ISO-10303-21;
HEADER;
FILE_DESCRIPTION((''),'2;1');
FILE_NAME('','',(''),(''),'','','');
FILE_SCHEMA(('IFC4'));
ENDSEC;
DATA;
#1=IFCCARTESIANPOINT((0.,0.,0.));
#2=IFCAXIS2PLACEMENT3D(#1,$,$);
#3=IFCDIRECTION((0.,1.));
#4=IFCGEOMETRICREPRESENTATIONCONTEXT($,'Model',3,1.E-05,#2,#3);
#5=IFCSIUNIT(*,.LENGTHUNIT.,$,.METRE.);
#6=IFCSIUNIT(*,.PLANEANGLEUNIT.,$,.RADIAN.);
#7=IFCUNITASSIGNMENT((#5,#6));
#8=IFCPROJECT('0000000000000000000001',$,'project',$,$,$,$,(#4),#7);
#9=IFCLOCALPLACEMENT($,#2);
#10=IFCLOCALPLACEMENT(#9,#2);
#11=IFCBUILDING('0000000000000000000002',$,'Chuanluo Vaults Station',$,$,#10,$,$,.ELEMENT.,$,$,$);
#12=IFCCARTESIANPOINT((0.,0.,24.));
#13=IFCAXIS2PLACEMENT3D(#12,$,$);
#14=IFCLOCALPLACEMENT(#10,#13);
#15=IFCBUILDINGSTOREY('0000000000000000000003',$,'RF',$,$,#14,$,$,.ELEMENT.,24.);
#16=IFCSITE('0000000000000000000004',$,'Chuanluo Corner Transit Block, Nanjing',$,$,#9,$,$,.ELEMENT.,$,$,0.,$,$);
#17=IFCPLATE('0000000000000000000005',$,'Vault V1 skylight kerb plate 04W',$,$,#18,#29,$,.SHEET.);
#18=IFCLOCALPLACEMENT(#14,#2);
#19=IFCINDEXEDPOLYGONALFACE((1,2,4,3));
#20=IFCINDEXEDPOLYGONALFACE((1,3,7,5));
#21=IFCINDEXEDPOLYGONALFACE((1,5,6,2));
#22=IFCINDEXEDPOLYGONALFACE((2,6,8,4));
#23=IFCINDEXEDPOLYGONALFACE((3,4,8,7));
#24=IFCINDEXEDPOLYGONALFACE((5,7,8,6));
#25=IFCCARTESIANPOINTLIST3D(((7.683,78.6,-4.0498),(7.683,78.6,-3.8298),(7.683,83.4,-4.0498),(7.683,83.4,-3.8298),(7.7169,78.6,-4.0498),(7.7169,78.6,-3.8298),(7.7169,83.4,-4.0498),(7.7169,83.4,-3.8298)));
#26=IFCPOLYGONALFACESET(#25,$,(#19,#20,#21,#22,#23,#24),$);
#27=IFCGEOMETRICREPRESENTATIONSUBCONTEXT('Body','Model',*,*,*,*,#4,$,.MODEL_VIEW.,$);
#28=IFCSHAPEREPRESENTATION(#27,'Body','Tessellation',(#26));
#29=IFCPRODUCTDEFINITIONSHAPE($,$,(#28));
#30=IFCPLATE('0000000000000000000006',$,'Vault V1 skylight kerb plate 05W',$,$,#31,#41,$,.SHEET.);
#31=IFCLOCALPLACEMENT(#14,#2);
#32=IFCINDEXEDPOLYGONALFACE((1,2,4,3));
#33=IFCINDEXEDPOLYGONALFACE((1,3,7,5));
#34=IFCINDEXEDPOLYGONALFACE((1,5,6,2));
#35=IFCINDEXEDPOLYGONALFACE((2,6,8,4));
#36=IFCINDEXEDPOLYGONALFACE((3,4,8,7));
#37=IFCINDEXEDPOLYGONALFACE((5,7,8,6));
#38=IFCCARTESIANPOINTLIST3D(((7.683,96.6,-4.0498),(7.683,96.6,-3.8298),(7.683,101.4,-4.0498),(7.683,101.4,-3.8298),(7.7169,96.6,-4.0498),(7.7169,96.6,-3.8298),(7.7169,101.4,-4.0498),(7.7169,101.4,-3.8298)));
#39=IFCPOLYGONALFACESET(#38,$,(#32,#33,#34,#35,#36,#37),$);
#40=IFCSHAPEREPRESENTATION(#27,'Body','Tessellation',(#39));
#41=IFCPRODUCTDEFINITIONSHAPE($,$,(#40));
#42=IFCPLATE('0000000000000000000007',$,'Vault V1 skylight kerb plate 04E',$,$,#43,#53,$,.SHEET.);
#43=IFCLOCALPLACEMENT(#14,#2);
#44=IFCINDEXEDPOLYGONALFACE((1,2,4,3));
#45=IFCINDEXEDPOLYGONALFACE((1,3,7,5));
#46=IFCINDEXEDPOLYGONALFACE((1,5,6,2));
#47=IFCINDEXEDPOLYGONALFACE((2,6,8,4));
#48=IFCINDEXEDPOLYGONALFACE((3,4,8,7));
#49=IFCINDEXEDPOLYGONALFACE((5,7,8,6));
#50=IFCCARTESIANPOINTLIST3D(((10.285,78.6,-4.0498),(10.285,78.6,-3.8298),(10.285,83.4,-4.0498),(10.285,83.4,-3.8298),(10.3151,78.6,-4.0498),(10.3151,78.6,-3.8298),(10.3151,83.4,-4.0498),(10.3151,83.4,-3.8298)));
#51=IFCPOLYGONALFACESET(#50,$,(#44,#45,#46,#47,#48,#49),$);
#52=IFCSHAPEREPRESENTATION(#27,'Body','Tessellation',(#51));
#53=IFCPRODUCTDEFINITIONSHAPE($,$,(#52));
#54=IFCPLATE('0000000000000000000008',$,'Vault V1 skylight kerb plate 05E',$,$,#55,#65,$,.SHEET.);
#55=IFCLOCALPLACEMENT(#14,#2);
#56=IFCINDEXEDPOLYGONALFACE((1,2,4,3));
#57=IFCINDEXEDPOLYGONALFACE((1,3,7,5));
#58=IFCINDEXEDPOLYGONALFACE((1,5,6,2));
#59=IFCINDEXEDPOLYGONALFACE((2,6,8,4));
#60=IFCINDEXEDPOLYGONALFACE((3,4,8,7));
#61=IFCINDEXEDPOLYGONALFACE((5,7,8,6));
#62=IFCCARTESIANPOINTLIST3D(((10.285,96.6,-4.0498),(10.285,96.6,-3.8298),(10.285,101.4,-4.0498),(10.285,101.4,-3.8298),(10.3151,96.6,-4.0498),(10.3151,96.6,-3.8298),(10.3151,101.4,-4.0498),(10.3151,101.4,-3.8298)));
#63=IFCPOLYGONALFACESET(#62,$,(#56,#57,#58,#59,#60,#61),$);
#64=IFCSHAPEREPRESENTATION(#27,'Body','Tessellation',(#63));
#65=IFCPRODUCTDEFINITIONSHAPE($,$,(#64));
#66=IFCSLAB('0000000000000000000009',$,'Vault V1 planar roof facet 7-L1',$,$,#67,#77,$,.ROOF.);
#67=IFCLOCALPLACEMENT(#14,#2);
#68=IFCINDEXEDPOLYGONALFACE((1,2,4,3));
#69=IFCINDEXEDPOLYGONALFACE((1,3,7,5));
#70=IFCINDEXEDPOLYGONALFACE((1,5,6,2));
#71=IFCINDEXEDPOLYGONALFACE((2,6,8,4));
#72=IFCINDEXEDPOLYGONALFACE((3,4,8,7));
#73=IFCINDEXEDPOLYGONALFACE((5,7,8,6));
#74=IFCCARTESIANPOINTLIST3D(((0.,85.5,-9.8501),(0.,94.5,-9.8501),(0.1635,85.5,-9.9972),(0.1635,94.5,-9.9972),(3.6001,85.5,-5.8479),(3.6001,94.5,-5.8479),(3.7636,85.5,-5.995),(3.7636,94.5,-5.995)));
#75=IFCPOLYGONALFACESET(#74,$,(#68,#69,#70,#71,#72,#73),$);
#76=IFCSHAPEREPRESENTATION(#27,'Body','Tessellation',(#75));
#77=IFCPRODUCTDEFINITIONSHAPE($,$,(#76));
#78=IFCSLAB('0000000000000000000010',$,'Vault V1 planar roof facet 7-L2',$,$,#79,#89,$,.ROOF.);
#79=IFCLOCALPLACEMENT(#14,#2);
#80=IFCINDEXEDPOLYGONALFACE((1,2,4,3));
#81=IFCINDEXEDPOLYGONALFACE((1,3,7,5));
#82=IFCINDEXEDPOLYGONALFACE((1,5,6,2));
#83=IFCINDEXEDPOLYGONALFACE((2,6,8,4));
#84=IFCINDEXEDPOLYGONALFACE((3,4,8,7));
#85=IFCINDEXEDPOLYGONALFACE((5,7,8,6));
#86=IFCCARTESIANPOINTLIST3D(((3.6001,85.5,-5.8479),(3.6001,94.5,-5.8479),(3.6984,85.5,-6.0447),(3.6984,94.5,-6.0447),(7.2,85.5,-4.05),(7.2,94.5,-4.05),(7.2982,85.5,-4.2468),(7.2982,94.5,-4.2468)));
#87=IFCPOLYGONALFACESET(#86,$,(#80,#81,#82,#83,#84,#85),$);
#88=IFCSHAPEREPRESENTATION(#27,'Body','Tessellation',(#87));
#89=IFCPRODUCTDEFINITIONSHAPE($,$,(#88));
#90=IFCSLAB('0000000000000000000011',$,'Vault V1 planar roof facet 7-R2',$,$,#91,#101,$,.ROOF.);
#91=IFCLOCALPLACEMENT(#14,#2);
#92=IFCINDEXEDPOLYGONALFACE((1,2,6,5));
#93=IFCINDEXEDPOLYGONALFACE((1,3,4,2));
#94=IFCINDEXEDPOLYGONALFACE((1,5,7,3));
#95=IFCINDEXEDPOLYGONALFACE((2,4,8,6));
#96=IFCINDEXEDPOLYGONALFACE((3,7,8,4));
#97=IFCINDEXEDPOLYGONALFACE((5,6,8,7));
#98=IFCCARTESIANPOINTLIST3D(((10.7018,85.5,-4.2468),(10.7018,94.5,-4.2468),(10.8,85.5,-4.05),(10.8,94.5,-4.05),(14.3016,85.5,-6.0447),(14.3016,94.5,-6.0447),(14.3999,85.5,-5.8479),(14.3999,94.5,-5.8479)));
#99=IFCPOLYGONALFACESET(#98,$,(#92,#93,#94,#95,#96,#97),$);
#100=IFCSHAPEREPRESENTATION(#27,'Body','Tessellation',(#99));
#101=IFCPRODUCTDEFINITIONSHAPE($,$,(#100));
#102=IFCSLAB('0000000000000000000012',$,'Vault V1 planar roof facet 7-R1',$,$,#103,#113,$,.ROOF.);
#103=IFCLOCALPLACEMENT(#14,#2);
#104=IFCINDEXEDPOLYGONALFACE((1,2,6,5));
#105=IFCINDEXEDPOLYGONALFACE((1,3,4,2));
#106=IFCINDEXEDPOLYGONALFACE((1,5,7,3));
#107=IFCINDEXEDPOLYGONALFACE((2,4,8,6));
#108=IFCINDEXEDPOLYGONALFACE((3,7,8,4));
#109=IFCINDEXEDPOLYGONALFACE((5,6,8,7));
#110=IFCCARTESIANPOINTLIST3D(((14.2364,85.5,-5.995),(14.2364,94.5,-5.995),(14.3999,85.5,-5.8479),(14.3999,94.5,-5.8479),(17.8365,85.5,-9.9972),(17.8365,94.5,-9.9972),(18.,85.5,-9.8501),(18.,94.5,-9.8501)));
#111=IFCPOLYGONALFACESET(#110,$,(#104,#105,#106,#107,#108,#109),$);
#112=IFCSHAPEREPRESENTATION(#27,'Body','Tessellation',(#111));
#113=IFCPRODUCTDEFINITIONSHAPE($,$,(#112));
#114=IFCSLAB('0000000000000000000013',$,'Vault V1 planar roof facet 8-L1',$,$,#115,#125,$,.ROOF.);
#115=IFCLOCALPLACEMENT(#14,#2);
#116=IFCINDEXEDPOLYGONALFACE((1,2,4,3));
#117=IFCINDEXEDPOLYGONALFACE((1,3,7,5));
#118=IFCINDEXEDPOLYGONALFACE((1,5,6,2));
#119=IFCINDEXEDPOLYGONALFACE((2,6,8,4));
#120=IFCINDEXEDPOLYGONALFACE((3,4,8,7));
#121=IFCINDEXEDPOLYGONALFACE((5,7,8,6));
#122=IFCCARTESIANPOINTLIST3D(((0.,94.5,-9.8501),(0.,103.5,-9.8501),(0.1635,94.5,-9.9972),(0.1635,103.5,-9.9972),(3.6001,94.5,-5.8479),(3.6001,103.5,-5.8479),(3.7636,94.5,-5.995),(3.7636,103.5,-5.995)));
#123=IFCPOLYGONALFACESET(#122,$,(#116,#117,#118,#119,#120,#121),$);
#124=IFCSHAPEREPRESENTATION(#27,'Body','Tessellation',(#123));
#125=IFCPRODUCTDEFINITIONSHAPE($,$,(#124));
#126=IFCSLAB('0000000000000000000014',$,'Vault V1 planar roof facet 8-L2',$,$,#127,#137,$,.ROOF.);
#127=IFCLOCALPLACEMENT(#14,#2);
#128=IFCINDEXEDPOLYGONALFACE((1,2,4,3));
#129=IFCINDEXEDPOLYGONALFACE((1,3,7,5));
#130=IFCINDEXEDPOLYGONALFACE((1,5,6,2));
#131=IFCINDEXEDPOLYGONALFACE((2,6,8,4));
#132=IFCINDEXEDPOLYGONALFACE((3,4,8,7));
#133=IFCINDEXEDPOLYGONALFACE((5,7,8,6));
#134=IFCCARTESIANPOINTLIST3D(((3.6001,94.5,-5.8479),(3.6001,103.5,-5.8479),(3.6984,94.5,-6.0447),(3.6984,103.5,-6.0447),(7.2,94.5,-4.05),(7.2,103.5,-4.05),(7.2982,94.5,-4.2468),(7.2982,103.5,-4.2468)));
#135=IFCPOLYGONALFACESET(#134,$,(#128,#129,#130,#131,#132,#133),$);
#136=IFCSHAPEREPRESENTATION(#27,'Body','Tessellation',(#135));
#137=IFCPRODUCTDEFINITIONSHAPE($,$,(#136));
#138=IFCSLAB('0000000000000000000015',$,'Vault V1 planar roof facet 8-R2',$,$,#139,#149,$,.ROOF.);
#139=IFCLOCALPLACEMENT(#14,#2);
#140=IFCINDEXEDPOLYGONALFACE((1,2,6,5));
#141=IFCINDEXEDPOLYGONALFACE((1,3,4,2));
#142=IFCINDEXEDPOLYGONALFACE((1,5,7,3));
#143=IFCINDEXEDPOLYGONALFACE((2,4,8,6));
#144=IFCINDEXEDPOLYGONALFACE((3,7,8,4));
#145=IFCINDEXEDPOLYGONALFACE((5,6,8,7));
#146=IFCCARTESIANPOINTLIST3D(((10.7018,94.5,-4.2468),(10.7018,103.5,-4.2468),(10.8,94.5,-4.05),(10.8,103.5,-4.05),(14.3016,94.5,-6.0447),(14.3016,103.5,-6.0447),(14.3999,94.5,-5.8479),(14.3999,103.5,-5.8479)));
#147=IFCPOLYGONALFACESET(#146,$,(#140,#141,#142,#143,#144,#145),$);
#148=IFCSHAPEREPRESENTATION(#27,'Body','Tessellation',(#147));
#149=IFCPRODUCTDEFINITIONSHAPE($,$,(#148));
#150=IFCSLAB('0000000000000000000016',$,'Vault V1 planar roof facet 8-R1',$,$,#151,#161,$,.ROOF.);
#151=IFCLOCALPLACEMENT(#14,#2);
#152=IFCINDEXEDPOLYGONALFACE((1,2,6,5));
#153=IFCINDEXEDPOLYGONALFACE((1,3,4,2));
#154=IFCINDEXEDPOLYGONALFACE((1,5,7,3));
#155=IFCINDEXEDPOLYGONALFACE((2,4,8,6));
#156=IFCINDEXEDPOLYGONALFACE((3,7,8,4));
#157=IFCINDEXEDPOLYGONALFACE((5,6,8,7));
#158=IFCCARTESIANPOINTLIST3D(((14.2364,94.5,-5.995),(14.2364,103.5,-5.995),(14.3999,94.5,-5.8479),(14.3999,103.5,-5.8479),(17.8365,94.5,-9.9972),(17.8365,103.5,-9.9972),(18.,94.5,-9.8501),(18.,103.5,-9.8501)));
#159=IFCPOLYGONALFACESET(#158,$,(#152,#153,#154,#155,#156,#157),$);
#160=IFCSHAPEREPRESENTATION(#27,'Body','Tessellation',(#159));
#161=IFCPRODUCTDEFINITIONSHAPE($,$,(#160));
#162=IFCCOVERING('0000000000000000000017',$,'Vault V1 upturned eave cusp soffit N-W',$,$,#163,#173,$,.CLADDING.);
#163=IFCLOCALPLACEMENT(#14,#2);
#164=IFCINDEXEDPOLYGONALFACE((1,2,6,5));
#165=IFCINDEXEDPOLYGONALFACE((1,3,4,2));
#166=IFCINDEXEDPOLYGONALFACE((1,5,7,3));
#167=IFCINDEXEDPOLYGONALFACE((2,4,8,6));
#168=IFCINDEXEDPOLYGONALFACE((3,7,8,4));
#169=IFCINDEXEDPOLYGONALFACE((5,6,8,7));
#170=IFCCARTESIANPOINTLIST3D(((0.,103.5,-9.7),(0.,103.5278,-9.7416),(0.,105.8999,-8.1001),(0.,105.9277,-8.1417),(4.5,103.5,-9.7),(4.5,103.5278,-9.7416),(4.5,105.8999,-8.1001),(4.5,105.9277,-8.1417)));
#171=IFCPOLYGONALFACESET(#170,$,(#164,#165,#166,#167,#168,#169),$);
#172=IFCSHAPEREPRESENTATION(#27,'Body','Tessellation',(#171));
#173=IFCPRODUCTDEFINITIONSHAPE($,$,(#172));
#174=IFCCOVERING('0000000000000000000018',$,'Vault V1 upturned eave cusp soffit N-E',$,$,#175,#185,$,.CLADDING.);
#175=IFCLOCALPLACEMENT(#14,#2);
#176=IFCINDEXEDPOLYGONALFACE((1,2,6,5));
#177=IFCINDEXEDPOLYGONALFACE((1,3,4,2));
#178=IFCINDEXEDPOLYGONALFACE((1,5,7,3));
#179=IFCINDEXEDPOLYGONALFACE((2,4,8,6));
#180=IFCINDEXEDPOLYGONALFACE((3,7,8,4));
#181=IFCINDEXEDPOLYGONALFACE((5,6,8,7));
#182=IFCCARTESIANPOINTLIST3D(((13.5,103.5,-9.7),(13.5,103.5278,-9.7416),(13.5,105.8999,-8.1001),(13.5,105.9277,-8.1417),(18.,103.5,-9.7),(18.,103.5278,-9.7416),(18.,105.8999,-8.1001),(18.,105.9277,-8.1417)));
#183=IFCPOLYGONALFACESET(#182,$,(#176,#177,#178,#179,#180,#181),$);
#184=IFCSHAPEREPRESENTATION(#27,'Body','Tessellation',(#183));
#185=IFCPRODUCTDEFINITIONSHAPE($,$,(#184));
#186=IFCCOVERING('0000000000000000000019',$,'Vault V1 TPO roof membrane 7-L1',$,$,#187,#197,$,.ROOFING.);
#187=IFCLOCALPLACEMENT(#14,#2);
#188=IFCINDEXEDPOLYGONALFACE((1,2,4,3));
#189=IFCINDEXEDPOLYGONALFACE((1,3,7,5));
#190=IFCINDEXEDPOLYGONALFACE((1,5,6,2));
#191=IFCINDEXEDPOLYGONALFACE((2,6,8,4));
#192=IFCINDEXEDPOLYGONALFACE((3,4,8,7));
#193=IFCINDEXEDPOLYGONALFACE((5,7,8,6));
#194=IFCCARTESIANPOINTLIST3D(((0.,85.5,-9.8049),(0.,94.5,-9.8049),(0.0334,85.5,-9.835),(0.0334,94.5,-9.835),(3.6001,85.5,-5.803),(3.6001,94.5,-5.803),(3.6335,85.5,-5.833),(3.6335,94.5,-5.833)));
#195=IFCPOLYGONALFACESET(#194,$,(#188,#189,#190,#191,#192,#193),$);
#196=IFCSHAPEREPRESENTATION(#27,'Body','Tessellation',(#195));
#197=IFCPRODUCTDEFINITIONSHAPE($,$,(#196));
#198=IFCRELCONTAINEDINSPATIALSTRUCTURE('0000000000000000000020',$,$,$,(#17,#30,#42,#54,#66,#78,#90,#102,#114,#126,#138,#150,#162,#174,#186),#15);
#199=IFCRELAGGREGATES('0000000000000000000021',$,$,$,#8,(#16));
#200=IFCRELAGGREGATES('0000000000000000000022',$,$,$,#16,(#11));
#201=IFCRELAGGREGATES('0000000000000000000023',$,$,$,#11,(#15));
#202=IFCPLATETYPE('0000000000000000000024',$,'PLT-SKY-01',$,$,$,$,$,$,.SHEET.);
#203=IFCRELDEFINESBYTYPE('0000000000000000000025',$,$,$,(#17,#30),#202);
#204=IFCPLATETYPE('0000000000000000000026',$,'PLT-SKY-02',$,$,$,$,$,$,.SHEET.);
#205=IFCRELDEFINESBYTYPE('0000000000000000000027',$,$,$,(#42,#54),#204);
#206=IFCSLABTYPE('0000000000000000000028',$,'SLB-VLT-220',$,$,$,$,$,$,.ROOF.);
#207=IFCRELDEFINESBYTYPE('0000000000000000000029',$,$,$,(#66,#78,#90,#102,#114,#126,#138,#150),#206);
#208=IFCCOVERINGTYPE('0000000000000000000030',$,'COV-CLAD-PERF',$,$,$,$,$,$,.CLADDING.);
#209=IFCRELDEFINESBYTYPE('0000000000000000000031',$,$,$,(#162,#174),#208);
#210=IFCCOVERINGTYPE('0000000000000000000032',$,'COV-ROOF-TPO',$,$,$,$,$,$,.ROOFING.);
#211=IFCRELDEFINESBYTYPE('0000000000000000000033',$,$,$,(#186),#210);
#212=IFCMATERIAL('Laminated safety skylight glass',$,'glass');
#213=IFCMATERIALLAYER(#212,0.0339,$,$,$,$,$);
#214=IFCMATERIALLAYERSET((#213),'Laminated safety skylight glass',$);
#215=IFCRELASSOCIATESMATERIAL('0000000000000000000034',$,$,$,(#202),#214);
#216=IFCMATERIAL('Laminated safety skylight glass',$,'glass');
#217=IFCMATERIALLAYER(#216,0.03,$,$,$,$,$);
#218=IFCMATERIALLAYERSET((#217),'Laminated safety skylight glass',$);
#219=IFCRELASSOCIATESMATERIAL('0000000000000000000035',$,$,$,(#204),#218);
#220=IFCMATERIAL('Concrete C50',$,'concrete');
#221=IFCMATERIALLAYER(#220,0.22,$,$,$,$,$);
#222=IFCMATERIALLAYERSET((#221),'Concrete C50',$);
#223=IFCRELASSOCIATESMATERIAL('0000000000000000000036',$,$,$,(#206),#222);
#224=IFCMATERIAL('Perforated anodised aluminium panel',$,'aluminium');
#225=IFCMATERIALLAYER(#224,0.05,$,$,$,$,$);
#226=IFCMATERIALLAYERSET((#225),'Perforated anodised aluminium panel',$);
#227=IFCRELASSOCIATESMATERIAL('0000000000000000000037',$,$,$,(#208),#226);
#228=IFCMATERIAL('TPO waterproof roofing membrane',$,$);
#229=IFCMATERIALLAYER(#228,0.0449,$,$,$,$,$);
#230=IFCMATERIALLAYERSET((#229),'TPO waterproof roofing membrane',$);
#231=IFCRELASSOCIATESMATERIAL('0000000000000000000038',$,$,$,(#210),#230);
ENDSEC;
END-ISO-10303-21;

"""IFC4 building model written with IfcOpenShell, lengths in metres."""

from ifc_helpers import new_model, si_unit, direction, frame, origin, origin_2d, place, context, subcontext, project, spatial, polyline, rectangle, outline, extrude, material, layer, layer_set, type_object, element, save


model = new_model("IFC4")

# Units and contexts
model_context = context("Model", 3, precision=1e-05, world=origin(), true_north=direction((0.0, 1.0)))
body_context = subcontext(model_context, "Body", "Model", "MODEL_VIEW")
ifc_project = project(units=[si_unit("LENGTHUNIT", "METRE"), si_unit("PLANEANGLEUNIT", "RADIAN")], contexts=[model_context])

# Site, building, storey
site_placement = place(None, origin())
site = spatial("IfcSite", under=ifc_project, at=site_placement, Name="Chuanluo Corner Transit Block, Nanjing", CompositionType="ELEMENT", RefElevation=0.0)
building_placement = place(site_placement, origin())
building = spatial("IfcBuilding", under=site, at=building_placement, Name="Chuanluo Vaults Station", CompositionType="ELEMENT")
storey_placement = place(building_placement, frame((0.0, 0.0, 24.0)))
storey = spatial("IfcBuildingStorey", under=building, at=storey_placement, Name="RF", CompositionType="ELEMENT", Elevation=24.0)

# Plates
ifc_material_1 = material(Name="Laminated safety skylight glass", Category="glass")
ifc_layer_1 = layer(ifc_material_1, 0.0339)
ifc_layer_set_1 = layer_set([ifc_layer_1], Name="Laminated safety skylight glass")
plate_type_1 = type_object("IfcPlateType", Name="PLT-SKY-01", PredefinedType="SHEET", material=ifc_layer_set_1)
for number, where, z_axis, x_axis, name in (
    (1, (7.7, 81.0, -4.0498), (0.0, 0.0, 1.0), (1.0, 0.0, 0.0), "Vault V1 skylight kerb plate 04W"),
    (2, (7.7, 99.0, -4.0498), (0.0, 0.0, 1.0), (1.0, 0.0, 0.0), "Vault V1 skylight kerb plate 05W"),
):
    element("IfcPlate", number, at=place(storey_placement, frame(where, z_axis=z_axis, x_axis=x_axis)), inside=storey, type_object=plate_type_1, Name=name, PredefinedType="SHEET", context=body_context, shape_type="SweptSolid", body=[
        extrude(rectangle(XDim=0.0339, YDim=4.8, at=origin_2d()), origin(), (0.0, 0.0, 1.0), 0.22),
    ])
ifc_material_2 = material(Name="Laminated safety skylight glass", Category="glass")
ifc_layer_2 = layer(ifc_material_2, 0.03)
ifc_layer_set_2 = layer_set([ifc_layer_2], Name="Laminated safety skylight glass")
plate_type_2 = type_object("IfcPlateType", Name="PLT-SKY-02", PredefinedType="SHEET", material=ifc_layer_set_2)
for number, where, z_axis, x_axis, name in (
    (3, (10.3, 81.0, -4.0498), (0.0, 0.0, 1.0), (1.0, 0.0, 0.0), "Vault V1 skylight kerb plate 04E"),
    (4, (10.3, 99.0, -4.0498), (0.0, 0.0, 1.0), (1.0, 0.0, 0.0), "Vault V1 skylight kerb plate 05E"),
):
    element("IfcPlate", number, at=place(storey_placement, frame(where, z_axis=z_axis, x_axis=x_axis)), inside=storey, type_object=plate_type_2, Name=name, PredefinedType="SHEET", context=body_context, shape_type="SweptSolid", body=[
        extrude(rectangle(XDim=0.03, YDim=4.8, at=origin_2d()), origin(), (0.0, 0.0, 1.0), 0.22),
    ])

# Slabs
ifc_material_3 = material(Name="Concrete C50", Category="concrete")
ifc_layer_3 = layer(ifc_material_3, 0.22)
ifc_layer_set_3 = layer_set([ifc_layer_3], Name="Concrete C50")
slab_type = type_object("IfcSlabType", Name="SLB-VLT-220", PredefinedType="ROOF", material=ifc_layer_set_3)
slab_1_placement = place(storey_placement, frame((0.0, 85.5, -9.8501), z_axis=(-0.743468, 0.0, 0.668772), x_axis=(0.668772, 0.0, 0.743468)))
element("IfcSlab", 5, at=slab_1_placement, inside=storey, type_object=slab_type, Name="Vault V1 planar roof facet 7-L1", PredefinedType="ROOF", context=body_context, shape_type="SweptSolid", body=[
    extrude(outline(polyline([(0.0, 0.0), (5.3831, 0.0), (5.3831, 9.0), (0.0, 9.0), (0.0, 0.0)])), origin(), (0.0, 0.0, -1.0), 0.22),
])
for number, where, z_axis, x_axis, name in (
    (6, (3.6001, 85.5, -5.8479), (-0.446801, 0.0, 0.894633), (0.894633, 0.0, 0.446801), "Vault V1 planar roof facet 7-L2"),
    (7, (10.8, 85.5, -4.05), (0.446801, 0.0, 0.894633), (0.894633, 0.0, -0.446801), "Vault V1 planar roof facet 7-R2"),
):
    element("IfcSlab", number, at=place(storey_placement, frame(where, z_axis=z_axis, x_axis=x_axis)), inside=storey, type_object=slab_type, Name=name, PredefinedType="ROOF", context=body_context, shape_type="SweptSolid", body=[
        extrude(outline(polyline([(0.0, 0.0), (4.0238, 0.0), (4.0238, 9.0), (0.0, 9.0), (0.0, 0.0)])), origin(), (0.0, 0.0, -1.0), 0.22),
    ])
for number, where, z_axis, x_axis, name in (
    (8, (14.3999, 85.5, -5.8479), (0.743468, 0.0, 0.668772), (0.668772, 0.0, -0.743468), "Vault V1 planar roof facet 7-R1"),
    (9, (0.0, 94.5, -9.8501), (-0.743468, 0.0, 0.668772), (0.668772, 0.0, 0.743468), "Vault V1 planar roof facet 8-L1"),
):
    element("IfcSlab", number, at=place(storey_placement, frame(where, z_axis=z_axis, x_axis=x_axis)), inside=storey, type_object=slab_type, Name=name, PredefinedType="ROOF", context=body_context, shape_type="SweptSolid", body=[
        extrude(outline(polyline([(0.0, 0.0), (5.3831, 0.0), (5.3831, 9.0), (0.0, 9.0), (0.0, 0.0)])), origin(), (0.0, 0.0, -1.0), 0.22),
    ])
for number, where, z_axis, x_axis, name in (
    (10, (3.6001, 94.5, -5.8479), (-0.446801, 0.0, 0.894633), (0.894633, 0.0, 0.446801), "Vault V1 planar roof facet 8-L2"),
    (11, (10.8, 94.5, -4.05), (0.446801, 0.0, 0.894633), (0.894633, 0.0, -0.446801), "Vault V1 planar roof facet 8-R2"),
):
    element("IfcSlab", number, at=place(storey_placement, frame(where, z_axis=z_axis, x_axis=x_axis)), inside=storey, type_object=slab_type, Name=name, PredefinedType="ROOF", context=body_context, shape_type="SweptSolid", body=[
        extrude(outline(polyline([(0.0, 0.0), (4.0238, 0.0), (4.0238, 9.0), (0.0, 9.0), (0.0, 0.0)])), origin(), (0.0, 0.0, -1.0), 0.22),
    ])
slab_2_placement = place(storey_placement, frame((14.3999, 94.5, -5.8479), z_axis=(0.743468, 0.0, 0.668772), x_axis=(0.668772, 0.0, -0.743468)))
element("IfcSlab", 12, at=slab_2_placement, inside=storey, type_object=slab_type, Name="Vault V1 planar roof facet 8-R1", PredefinedType="ROOF", context=body_context, shape_type="SweptSolid", body=[
    extrude(outline(polyline([(0.0, 0.0), (5.3831, 0.0), (5.3831, 9.0), (0.0, 9.0), (0.0, 0.0)])), origin(), (0.0, 0.0, -1.0), 0.22),
])

# Coverings
ifc_material_4 = material(Name="Perforated anodised aluminium panel", Category="aluminium")
ifc_layer_4 = layer(ifc_material_4, 0.05)
ifc_layer_set_4 = layer_set([ifc_layer_4], Name="Perforated anodised aluminium panel")
covering_type_1 = type_object("IfcCoveringType", Name="COV-CLAD-PERF", PredefinedType="CLADDING", material=ifc_layer_set_4)
for number, where, z_axis, x_axis, name in (
    (13, (0.0, 103.5, -9.7), (0.0, -0.554681, 0.832063), (1.0, 0.0, 0.0), "Vault V1 upturned eave cusp soffit N-W"),
    (14, (13.5, 103.5, -9.7), (0.0, -0.554681, 0.832063), (1.0, 0.0, 0.0), "Vault V1 upturned eave cusp soffit N-E"),
):
    element("IfcCovering", number, at=place(storey_placement, frame(where, z_axis=z_axis, x_axis=x_axis)), inside=storey, type_object=covering_type_1, Name=name, PredefinedType="CLADDING", context=body_context, shape_type="SweptSolid", body=[
        extrude(outline(polyline([(0.0, 0.0), (4.5, 0.0), (4.5, 2.8843), (0.0, 2.8843), (0.0, 0.0)])), origin(), (0.0, 0.0, -1.0), 0.05),
    ])
ifc_material_5 = material(Name="TPO waterproof roofing membrane")
ifc_layer_5 = layer(ifc_material_5, 0.0449)
ifc_layer_set_5 = layer_set([ifc_layer_5], Name="TPO waterproof roofing membrane")
covering_type_2 = type_object("IfcCoveringType", Name="COV-ROOF-TPO", PredefinedType="ROOFING", material=ifc_layer_set_5)
covering_placement = place(storey_placement, frame((0.0, 85.5, -9.8049), z_axis=(-0.743447, 0.0, 0.668794), x_axis=(0.668794, 0.0, 0.743447)))
element("IfcCovering", 15, at=covering_placement, inside=storey, type_object=covering_type_2, Name="Vault V1 TPO roof membrane 7-L1", PredefinedType="ROOFING", context=body_context, shape_type="SweptSolid", body=[
    extrude(outline(polyline([(0.0, 0.0), (5.383, 0.0), (5.383, 9.0), (0.0, 9.0), (0.0, 0.0)])), origin(), (0.0, 0.0, -1.0), 0.0449),
])

save(model, "model.ifc")
